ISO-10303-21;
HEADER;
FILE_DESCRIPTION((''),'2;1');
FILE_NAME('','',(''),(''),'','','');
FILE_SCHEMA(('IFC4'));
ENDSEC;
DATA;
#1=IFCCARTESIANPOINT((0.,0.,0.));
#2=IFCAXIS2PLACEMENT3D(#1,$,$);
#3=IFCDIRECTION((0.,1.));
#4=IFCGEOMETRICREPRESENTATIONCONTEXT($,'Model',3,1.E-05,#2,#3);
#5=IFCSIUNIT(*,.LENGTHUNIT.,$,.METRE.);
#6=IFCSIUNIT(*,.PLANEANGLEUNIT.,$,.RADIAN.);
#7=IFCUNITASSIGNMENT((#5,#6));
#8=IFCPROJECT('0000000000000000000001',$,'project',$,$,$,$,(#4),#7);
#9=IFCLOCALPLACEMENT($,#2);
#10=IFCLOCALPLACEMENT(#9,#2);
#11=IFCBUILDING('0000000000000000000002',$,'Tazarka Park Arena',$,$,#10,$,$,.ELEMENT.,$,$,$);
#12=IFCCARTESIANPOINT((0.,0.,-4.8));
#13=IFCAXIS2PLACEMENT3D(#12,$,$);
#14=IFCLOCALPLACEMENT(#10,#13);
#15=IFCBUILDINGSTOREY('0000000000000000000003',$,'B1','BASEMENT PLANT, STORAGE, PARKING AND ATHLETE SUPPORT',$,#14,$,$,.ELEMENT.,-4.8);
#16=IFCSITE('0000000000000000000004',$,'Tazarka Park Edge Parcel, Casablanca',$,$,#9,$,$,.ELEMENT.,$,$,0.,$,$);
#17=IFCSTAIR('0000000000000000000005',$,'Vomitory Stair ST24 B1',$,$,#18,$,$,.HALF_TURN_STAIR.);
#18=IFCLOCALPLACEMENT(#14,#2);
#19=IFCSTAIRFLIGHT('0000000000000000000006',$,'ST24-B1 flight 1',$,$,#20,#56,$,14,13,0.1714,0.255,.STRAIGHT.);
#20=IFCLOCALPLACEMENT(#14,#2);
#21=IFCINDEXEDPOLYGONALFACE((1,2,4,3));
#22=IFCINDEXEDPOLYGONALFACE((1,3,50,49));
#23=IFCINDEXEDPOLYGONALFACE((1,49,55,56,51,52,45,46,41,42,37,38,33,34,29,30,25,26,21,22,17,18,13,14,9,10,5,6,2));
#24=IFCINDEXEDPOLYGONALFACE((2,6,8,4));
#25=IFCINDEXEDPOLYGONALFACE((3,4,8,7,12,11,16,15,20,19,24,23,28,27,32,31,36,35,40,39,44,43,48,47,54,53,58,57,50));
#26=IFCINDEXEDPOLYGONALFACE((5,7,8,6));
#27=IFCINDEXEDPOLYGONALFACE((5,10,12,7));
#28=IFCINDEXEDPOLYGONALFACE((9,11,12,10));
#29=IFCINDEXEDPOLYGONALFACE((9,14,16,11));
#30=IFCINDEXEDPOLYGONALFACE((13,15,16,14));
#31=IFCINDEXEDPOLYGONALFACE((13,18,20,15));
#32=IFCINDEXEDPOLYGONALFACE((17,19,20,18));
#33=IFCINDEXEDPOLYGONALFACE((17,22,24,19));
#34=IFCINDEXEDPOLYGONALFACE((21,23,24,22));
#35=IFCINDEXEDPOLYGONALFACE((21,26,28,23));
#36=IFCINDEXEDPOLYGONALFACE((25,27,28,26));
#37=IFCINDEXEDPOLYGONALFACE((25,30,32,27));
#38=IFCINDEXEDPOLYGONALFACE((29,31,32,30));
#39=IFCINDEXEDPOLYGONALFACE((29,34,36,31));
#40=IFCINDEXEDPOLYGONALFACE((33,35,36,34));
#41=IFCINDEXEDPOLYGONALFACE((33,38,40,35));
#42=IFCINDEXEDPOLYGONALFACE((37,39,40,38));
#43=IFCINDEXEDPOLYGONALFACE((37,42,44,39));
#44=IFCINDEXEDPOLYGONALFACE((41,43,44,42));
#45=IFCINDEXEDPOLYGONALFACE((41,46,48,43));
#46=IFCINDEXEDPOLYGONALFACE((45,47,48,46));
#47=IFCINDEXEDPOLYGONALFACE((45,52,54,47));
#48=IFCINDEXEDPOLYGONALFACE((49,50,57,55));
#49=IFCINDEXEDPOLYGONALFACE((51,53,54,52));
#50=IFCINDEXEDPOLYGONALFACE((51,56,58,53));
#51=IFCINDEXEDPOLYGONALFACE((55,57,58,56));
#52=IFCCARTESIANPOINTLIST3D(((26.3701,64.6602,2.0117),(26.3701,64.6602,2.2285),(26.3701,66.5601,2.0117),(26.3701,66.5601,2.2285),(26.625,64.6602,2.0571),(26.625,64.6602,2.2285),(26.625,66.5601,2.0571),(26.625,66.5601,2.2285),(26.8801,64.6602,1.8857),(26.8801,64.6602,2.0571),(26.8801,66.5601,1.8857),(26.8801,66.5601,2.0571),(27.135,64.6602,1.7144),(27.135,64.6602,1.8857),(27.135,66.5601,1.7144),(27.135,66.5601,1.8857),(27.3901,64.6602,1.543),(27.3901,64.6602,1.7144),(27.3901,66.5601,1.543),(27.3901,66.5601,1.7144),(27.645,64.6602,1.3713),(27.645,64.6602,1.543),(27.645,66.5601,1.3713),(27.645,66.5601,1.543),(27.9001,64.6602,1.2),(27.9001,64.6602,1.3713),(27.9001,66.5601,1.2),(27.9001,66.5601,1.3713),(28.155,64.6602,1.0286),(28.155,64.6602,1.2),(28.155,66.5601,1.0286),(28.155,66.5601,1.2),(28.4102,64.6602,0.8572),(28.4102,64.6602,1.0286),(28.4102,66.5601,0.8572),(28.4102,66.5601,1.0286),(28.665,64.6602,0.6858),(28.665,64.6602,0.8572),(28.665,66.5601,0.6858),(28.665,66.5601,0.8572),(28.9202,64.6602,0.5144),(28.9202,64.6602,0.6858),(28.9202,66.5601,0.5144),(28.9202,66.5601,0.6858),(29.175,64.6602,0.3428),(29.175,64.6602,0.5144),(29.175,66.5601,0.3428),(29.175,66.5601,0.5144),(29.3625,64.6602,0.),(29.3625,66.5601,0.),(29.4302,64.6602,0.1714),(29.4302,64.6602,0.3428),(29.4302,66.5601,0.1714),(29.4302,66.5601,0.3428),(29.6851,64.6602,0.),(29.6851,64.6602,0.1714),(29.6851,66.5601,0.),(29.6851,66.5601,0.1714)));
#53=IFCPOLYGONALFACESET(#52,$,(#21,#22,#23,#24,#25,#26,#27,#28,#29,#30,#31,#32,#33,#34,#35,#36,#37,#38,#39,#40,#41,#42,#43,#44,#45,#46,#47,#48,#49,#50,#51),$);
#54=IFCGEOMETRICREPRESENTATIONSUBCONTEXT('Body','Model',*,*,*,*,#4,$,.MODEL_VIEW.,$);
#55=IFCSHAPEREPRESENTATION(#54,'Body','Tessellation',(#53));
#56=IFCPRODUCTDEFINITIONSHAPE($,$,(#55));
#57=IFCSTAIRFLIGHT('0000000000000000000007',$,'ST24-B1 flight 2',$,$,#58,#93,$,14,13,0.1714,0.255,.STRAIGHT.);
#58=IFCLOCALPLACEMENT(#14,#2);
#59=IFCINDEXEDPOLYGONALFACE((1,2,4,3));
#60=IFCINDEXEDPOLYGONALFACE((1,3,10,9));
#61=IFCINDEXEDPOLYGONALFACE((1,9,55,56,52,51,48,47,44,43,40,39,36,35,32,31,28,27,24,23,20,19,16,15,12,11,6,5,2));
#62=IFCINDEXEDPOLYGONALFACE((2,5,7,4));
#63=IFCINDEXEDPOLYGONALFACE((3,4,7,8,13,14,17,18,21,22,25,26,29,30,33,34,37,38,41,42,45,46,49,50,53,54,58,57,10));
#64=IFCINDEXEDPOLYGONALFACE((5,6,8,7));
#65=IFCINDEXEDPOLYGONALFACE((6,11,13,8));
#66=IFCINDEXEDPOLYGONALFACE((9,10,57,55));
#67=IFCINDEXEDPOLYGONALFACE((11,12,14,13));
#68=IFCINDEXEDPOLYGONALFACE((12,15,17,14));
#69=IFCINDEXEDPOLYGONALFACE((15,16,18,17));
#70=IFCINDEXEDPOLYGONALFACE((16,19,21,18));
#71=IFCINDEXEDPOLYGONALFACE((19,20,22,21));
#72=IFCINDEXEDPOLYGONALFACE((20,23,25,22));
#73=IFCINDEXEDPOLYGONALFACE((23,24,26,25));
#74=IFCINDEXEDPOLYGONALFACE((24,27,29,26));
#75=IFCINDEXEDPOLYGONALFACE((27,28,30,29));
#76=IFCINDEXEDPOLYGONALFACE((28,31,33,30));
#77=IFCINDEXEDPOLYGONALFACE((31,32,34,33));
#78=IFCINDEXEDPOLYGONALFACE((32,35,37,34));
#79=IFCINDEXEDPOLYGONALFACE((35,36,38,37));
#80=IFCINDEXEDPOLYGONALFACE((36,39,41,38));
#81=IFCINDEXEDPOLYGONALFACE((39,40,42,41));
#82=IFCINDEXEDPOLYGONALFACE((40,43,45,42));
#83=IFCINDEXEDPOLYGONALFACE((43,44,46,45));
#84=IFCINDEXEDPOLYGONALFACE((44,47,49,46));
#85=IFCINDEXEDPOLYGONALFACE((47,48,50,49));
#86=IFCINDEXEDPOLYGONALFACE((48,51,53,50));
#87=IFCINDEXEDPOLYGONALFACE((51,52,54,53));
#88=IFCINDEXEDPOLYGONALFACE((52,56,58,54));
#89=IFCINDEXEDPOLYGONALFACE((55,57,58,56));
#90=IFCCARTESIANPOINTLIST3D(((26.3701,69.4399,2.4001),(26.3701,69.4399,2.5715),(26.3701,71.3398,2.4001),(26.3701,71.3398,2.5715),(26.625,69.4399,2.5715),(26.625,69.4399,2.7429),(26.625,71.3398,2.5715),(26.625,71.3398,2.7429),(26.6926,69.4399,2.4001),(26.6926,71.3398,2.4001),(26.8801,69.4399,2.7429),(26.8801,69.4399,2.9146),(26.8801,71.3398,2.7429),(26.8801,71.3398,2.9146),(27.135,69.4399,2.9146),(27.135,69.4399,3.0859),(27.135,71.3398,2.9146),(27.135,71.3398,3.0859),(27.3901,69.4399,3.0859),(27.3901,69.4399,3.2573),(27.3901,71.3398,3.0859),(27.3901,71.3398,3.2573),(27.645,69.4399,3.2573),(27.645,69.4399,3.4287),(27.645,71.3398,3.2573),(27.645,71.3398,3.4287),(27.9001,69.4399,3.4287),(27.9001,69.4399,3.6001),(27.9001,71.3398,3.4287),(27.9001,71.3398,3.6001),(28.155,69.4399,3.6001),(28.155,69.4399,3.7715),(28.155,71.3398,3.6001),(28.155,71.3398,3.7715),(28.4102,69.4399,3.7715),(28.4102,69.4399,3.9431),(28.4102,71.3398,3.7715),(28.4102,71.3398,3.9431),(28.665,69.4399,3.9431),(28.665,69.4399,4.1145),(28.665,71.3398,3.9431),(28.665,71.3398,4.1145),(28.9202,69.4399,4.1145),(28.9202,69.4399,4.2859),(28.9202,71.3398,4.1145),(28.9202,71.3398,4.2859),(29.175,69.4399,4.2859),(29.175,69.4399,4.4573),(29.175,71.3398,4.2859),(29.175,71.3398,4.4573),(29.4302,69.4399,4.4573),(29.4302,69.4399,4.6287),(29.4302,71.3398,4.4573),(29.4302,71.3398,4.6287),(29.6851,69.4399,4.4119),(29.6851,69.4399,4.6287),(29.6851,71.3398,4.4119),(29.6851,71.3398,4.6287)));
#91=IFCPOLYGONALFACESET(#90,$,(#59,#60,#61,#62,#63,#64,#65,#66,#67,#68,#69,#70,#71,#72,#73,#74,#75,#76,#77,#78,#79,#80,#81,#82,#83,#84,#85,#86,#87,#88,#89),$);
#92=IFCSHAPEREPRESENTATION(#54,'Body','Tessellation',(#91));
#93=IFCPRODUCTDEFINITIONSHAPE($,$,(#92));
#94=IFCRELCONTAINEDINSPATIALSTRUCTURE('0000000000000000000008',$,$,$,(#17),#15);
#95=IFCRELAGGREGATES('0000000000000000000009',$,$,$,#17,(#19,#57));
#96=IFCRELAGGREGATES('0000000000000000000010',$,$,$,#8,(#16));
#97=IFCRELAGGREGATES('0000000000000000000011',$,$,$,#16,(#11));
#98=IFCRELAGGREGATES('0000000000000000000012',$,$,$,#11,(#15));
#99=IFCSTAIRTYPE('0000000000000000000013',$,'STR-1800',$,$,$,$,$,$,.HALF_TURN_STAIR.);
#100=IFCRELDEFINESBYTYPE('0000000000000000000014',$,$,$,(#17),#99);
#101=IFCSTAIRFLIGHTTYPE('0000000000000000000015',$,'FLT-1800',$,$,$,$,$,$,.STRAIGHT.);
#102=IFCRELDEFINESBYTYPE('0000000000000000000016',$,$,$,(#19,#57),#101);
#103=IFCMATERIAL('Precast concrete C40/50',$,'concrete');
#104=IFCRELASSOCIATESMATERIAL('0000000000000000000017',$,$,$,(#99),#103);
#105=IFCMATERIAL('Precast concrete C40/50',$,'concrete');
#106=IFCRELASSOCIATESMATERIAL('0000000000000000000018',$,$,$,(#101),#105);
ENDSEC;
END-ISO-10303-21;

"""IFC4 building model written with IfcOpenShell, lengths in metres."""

from ifc_helpers import new_model, si_unit, direction, frame, origin, place, context, subcontext, project, spatial, polyline, outline, extrude, material, type_object, element, aggregate, save


model = new_model("IFC4")

# Units and contexts
model_context = context("Model", 3, precision=1e-05, world=origin(), true_north=direction((0.0, 1.0)))
body_context = subcontext(model_context, "Body", "Model", "MODEL_VIEW")
ifc_project = project(units=[si_unit("LENGTHUNIT", "METRE"), si_unit("PLANEANGLEUNIT", "RADIAN")], contexts=[model_context])

# Site, building, storey
site_placement = place(None, origin())
site = spatial("IfcSite", under=ifc_project, at=site_placement, Name="Tazarka Park Edge Parcel, Casablanca", CompositionType="ELEMENT", RefElevation=0.0)
building_placement = place(site_placement, origin())
building = spatial("IfcBuilding", under=site, at=building_placement, Name="Tazarka Park Arena", CompositionType="ELEMENT")
storey_placement = place(building_placement, frame((0.0, 0.0, -4.8)))
storey = spatial("IfcBuildingStorey", under=building, at=storey_placement, Name="B1", Description="BASEMENT PLANT, STORAGE, PARKING AND ATHLETE SUPPORT", CompositionType="ELEMENT", Elevation=-4.8)

# Stair, stair flights
ifc_material_1 = material(Name="Precast concrete C40/50", Category="concrete")
stair_type = type_object("IfcStairType", Name="STR-1800", PredefinedType="HALF_TURN_STAIR", material=ifc_material_1)
stair_placement = place(storey_placement, origin())
stair = element("IfcStair", 1, at=stair_placement, inside=storey, type_object=stair_type, Name="Vomitory Stair ST24 B1", PredefinedType="HALF_TURN_STAIR")
ifc_material_2 = material(Name="Precast concrete C40/50", Category="concrete")
stair_flight_type = type_object("IfcStairFlightType", Name="FLT-1800", PredefinedType="STRAIGHT", material=ifc_material_2)
stair_flight_1_placement = place(storey_placement, frame((29.6851, 65.6101, 0.0), z_axis=(0.0, 0.0, 1.0), x_axis=(-1.0, 0.0, 0.0)))
stair_flight_1 = element("IfcStairFlight", 2, at=stair_flight_1_placement, type_object=stair_flight_type, Name="ST24-B1 flight 1", NumberOfRisers=14, NumberOfTreads=13, PredefinedType="STRAIGHT", RiserHeight=0.1714, TreadLength=0.255, context=body_context, shape_type="SweptSolid", body=[
    extrude(outline(polyline([(0.0, 0.0), (0.0, 0.1714), (0.2549, 0.1714), (0.2549, 0.3428), (0.51, 0.3428), (0.51, 0.5144), (0.7649, 0.5144), (0.7649, 0.6858), (1.02, 0.6858), (1.02, 0.8572), (1.2749, 0.8572), (1.2749, 1.0286), (1.53, 1.0286), (1.53, 1.2), (1.7849, 1.2), (1.7849, 1.3713), (2.04, 1.3713), (2.04, 1.543), (2.2949, 1.543), (2.2949, 1.7144), (2.55, 1.7144), (2.55, 1.8857), (2.8049, 1.8857), (2.8049, 2.0571), (3.0601, 2.0571), (3.0601, 2.2285), (3.3149, 2.2285), (3.3149, 2.3999), (3.3149, 2.0117), (0.3225, 0.0), (0.0, 0.0)])), frame((0.0, 0.95, 0.0), z_axis=(0.0, -1.0, 0.0), x_axis=(1.0, 0.0, 0.0)), (0.0, 0.0, 1.0), 1.8999),
])
stair_flight_2_placement = place(storey_placement, frame((26.3701, 70.3899, 2.4001), z_axis=(0.0, 0.0, 1.0), x_axis=(1.0, 0.0, 0.0)))
stair_flight_2 = element("IfcStairFlight", 3, at=stair_flight_2_placement, type_object=stair_flight_type, Name="ST24-B1 flight 2", NumberOfRisers=14, NumberOfTreads=13, PredefinedType="STRAIGHT", RiserHeight=0.1714, TreadLength=0.255, context=body_context, shape_type="SweptSolid", body=[
    extrude(outline(polyline([(0.0, 0.0), (0.0, 0.1714), (0.2549, 0.1714), (0.2549, 0.3428), (0.51, 0.3428), (0.51, 0.5144), (0.7649, 0.5144), (0.7649, 0.6858), (1.02, 0.6858), (1.02, 0.8572), (1.2749, 0.8572), (1.2749, 1.0286), (1.53, 1.0286), (1.53, 1.2), (1.7849, 1.2), (1.7849, 1.3713), (2.04, 1.3713), (2.04, 1.543), (2.2949, 1.543), (2.2949, 1.7144), (2.55, 1.7144), (2.55, 1.8857), (2.8049, 1.8857), (2.8049, 2.0571), (3.0601, 2.0571), (3.0601, 2.2285), (3.3149, 2.2285), (3.3149, 2.3999), (3.3149, 2.0117), (0.3225, 0.0), (0.0, 0.0)])), frame((0.0, 0.95, 0.0), z_axis=(0.0, -1.0, 0.0), x_axis=(1.0, 0.0, 0.0)), (0.0, 0.0, 1.0), 1.8999),
])
aggregate(stair, [stair_flight_1, stair_flight_2])

save(model, "model.ifc")
